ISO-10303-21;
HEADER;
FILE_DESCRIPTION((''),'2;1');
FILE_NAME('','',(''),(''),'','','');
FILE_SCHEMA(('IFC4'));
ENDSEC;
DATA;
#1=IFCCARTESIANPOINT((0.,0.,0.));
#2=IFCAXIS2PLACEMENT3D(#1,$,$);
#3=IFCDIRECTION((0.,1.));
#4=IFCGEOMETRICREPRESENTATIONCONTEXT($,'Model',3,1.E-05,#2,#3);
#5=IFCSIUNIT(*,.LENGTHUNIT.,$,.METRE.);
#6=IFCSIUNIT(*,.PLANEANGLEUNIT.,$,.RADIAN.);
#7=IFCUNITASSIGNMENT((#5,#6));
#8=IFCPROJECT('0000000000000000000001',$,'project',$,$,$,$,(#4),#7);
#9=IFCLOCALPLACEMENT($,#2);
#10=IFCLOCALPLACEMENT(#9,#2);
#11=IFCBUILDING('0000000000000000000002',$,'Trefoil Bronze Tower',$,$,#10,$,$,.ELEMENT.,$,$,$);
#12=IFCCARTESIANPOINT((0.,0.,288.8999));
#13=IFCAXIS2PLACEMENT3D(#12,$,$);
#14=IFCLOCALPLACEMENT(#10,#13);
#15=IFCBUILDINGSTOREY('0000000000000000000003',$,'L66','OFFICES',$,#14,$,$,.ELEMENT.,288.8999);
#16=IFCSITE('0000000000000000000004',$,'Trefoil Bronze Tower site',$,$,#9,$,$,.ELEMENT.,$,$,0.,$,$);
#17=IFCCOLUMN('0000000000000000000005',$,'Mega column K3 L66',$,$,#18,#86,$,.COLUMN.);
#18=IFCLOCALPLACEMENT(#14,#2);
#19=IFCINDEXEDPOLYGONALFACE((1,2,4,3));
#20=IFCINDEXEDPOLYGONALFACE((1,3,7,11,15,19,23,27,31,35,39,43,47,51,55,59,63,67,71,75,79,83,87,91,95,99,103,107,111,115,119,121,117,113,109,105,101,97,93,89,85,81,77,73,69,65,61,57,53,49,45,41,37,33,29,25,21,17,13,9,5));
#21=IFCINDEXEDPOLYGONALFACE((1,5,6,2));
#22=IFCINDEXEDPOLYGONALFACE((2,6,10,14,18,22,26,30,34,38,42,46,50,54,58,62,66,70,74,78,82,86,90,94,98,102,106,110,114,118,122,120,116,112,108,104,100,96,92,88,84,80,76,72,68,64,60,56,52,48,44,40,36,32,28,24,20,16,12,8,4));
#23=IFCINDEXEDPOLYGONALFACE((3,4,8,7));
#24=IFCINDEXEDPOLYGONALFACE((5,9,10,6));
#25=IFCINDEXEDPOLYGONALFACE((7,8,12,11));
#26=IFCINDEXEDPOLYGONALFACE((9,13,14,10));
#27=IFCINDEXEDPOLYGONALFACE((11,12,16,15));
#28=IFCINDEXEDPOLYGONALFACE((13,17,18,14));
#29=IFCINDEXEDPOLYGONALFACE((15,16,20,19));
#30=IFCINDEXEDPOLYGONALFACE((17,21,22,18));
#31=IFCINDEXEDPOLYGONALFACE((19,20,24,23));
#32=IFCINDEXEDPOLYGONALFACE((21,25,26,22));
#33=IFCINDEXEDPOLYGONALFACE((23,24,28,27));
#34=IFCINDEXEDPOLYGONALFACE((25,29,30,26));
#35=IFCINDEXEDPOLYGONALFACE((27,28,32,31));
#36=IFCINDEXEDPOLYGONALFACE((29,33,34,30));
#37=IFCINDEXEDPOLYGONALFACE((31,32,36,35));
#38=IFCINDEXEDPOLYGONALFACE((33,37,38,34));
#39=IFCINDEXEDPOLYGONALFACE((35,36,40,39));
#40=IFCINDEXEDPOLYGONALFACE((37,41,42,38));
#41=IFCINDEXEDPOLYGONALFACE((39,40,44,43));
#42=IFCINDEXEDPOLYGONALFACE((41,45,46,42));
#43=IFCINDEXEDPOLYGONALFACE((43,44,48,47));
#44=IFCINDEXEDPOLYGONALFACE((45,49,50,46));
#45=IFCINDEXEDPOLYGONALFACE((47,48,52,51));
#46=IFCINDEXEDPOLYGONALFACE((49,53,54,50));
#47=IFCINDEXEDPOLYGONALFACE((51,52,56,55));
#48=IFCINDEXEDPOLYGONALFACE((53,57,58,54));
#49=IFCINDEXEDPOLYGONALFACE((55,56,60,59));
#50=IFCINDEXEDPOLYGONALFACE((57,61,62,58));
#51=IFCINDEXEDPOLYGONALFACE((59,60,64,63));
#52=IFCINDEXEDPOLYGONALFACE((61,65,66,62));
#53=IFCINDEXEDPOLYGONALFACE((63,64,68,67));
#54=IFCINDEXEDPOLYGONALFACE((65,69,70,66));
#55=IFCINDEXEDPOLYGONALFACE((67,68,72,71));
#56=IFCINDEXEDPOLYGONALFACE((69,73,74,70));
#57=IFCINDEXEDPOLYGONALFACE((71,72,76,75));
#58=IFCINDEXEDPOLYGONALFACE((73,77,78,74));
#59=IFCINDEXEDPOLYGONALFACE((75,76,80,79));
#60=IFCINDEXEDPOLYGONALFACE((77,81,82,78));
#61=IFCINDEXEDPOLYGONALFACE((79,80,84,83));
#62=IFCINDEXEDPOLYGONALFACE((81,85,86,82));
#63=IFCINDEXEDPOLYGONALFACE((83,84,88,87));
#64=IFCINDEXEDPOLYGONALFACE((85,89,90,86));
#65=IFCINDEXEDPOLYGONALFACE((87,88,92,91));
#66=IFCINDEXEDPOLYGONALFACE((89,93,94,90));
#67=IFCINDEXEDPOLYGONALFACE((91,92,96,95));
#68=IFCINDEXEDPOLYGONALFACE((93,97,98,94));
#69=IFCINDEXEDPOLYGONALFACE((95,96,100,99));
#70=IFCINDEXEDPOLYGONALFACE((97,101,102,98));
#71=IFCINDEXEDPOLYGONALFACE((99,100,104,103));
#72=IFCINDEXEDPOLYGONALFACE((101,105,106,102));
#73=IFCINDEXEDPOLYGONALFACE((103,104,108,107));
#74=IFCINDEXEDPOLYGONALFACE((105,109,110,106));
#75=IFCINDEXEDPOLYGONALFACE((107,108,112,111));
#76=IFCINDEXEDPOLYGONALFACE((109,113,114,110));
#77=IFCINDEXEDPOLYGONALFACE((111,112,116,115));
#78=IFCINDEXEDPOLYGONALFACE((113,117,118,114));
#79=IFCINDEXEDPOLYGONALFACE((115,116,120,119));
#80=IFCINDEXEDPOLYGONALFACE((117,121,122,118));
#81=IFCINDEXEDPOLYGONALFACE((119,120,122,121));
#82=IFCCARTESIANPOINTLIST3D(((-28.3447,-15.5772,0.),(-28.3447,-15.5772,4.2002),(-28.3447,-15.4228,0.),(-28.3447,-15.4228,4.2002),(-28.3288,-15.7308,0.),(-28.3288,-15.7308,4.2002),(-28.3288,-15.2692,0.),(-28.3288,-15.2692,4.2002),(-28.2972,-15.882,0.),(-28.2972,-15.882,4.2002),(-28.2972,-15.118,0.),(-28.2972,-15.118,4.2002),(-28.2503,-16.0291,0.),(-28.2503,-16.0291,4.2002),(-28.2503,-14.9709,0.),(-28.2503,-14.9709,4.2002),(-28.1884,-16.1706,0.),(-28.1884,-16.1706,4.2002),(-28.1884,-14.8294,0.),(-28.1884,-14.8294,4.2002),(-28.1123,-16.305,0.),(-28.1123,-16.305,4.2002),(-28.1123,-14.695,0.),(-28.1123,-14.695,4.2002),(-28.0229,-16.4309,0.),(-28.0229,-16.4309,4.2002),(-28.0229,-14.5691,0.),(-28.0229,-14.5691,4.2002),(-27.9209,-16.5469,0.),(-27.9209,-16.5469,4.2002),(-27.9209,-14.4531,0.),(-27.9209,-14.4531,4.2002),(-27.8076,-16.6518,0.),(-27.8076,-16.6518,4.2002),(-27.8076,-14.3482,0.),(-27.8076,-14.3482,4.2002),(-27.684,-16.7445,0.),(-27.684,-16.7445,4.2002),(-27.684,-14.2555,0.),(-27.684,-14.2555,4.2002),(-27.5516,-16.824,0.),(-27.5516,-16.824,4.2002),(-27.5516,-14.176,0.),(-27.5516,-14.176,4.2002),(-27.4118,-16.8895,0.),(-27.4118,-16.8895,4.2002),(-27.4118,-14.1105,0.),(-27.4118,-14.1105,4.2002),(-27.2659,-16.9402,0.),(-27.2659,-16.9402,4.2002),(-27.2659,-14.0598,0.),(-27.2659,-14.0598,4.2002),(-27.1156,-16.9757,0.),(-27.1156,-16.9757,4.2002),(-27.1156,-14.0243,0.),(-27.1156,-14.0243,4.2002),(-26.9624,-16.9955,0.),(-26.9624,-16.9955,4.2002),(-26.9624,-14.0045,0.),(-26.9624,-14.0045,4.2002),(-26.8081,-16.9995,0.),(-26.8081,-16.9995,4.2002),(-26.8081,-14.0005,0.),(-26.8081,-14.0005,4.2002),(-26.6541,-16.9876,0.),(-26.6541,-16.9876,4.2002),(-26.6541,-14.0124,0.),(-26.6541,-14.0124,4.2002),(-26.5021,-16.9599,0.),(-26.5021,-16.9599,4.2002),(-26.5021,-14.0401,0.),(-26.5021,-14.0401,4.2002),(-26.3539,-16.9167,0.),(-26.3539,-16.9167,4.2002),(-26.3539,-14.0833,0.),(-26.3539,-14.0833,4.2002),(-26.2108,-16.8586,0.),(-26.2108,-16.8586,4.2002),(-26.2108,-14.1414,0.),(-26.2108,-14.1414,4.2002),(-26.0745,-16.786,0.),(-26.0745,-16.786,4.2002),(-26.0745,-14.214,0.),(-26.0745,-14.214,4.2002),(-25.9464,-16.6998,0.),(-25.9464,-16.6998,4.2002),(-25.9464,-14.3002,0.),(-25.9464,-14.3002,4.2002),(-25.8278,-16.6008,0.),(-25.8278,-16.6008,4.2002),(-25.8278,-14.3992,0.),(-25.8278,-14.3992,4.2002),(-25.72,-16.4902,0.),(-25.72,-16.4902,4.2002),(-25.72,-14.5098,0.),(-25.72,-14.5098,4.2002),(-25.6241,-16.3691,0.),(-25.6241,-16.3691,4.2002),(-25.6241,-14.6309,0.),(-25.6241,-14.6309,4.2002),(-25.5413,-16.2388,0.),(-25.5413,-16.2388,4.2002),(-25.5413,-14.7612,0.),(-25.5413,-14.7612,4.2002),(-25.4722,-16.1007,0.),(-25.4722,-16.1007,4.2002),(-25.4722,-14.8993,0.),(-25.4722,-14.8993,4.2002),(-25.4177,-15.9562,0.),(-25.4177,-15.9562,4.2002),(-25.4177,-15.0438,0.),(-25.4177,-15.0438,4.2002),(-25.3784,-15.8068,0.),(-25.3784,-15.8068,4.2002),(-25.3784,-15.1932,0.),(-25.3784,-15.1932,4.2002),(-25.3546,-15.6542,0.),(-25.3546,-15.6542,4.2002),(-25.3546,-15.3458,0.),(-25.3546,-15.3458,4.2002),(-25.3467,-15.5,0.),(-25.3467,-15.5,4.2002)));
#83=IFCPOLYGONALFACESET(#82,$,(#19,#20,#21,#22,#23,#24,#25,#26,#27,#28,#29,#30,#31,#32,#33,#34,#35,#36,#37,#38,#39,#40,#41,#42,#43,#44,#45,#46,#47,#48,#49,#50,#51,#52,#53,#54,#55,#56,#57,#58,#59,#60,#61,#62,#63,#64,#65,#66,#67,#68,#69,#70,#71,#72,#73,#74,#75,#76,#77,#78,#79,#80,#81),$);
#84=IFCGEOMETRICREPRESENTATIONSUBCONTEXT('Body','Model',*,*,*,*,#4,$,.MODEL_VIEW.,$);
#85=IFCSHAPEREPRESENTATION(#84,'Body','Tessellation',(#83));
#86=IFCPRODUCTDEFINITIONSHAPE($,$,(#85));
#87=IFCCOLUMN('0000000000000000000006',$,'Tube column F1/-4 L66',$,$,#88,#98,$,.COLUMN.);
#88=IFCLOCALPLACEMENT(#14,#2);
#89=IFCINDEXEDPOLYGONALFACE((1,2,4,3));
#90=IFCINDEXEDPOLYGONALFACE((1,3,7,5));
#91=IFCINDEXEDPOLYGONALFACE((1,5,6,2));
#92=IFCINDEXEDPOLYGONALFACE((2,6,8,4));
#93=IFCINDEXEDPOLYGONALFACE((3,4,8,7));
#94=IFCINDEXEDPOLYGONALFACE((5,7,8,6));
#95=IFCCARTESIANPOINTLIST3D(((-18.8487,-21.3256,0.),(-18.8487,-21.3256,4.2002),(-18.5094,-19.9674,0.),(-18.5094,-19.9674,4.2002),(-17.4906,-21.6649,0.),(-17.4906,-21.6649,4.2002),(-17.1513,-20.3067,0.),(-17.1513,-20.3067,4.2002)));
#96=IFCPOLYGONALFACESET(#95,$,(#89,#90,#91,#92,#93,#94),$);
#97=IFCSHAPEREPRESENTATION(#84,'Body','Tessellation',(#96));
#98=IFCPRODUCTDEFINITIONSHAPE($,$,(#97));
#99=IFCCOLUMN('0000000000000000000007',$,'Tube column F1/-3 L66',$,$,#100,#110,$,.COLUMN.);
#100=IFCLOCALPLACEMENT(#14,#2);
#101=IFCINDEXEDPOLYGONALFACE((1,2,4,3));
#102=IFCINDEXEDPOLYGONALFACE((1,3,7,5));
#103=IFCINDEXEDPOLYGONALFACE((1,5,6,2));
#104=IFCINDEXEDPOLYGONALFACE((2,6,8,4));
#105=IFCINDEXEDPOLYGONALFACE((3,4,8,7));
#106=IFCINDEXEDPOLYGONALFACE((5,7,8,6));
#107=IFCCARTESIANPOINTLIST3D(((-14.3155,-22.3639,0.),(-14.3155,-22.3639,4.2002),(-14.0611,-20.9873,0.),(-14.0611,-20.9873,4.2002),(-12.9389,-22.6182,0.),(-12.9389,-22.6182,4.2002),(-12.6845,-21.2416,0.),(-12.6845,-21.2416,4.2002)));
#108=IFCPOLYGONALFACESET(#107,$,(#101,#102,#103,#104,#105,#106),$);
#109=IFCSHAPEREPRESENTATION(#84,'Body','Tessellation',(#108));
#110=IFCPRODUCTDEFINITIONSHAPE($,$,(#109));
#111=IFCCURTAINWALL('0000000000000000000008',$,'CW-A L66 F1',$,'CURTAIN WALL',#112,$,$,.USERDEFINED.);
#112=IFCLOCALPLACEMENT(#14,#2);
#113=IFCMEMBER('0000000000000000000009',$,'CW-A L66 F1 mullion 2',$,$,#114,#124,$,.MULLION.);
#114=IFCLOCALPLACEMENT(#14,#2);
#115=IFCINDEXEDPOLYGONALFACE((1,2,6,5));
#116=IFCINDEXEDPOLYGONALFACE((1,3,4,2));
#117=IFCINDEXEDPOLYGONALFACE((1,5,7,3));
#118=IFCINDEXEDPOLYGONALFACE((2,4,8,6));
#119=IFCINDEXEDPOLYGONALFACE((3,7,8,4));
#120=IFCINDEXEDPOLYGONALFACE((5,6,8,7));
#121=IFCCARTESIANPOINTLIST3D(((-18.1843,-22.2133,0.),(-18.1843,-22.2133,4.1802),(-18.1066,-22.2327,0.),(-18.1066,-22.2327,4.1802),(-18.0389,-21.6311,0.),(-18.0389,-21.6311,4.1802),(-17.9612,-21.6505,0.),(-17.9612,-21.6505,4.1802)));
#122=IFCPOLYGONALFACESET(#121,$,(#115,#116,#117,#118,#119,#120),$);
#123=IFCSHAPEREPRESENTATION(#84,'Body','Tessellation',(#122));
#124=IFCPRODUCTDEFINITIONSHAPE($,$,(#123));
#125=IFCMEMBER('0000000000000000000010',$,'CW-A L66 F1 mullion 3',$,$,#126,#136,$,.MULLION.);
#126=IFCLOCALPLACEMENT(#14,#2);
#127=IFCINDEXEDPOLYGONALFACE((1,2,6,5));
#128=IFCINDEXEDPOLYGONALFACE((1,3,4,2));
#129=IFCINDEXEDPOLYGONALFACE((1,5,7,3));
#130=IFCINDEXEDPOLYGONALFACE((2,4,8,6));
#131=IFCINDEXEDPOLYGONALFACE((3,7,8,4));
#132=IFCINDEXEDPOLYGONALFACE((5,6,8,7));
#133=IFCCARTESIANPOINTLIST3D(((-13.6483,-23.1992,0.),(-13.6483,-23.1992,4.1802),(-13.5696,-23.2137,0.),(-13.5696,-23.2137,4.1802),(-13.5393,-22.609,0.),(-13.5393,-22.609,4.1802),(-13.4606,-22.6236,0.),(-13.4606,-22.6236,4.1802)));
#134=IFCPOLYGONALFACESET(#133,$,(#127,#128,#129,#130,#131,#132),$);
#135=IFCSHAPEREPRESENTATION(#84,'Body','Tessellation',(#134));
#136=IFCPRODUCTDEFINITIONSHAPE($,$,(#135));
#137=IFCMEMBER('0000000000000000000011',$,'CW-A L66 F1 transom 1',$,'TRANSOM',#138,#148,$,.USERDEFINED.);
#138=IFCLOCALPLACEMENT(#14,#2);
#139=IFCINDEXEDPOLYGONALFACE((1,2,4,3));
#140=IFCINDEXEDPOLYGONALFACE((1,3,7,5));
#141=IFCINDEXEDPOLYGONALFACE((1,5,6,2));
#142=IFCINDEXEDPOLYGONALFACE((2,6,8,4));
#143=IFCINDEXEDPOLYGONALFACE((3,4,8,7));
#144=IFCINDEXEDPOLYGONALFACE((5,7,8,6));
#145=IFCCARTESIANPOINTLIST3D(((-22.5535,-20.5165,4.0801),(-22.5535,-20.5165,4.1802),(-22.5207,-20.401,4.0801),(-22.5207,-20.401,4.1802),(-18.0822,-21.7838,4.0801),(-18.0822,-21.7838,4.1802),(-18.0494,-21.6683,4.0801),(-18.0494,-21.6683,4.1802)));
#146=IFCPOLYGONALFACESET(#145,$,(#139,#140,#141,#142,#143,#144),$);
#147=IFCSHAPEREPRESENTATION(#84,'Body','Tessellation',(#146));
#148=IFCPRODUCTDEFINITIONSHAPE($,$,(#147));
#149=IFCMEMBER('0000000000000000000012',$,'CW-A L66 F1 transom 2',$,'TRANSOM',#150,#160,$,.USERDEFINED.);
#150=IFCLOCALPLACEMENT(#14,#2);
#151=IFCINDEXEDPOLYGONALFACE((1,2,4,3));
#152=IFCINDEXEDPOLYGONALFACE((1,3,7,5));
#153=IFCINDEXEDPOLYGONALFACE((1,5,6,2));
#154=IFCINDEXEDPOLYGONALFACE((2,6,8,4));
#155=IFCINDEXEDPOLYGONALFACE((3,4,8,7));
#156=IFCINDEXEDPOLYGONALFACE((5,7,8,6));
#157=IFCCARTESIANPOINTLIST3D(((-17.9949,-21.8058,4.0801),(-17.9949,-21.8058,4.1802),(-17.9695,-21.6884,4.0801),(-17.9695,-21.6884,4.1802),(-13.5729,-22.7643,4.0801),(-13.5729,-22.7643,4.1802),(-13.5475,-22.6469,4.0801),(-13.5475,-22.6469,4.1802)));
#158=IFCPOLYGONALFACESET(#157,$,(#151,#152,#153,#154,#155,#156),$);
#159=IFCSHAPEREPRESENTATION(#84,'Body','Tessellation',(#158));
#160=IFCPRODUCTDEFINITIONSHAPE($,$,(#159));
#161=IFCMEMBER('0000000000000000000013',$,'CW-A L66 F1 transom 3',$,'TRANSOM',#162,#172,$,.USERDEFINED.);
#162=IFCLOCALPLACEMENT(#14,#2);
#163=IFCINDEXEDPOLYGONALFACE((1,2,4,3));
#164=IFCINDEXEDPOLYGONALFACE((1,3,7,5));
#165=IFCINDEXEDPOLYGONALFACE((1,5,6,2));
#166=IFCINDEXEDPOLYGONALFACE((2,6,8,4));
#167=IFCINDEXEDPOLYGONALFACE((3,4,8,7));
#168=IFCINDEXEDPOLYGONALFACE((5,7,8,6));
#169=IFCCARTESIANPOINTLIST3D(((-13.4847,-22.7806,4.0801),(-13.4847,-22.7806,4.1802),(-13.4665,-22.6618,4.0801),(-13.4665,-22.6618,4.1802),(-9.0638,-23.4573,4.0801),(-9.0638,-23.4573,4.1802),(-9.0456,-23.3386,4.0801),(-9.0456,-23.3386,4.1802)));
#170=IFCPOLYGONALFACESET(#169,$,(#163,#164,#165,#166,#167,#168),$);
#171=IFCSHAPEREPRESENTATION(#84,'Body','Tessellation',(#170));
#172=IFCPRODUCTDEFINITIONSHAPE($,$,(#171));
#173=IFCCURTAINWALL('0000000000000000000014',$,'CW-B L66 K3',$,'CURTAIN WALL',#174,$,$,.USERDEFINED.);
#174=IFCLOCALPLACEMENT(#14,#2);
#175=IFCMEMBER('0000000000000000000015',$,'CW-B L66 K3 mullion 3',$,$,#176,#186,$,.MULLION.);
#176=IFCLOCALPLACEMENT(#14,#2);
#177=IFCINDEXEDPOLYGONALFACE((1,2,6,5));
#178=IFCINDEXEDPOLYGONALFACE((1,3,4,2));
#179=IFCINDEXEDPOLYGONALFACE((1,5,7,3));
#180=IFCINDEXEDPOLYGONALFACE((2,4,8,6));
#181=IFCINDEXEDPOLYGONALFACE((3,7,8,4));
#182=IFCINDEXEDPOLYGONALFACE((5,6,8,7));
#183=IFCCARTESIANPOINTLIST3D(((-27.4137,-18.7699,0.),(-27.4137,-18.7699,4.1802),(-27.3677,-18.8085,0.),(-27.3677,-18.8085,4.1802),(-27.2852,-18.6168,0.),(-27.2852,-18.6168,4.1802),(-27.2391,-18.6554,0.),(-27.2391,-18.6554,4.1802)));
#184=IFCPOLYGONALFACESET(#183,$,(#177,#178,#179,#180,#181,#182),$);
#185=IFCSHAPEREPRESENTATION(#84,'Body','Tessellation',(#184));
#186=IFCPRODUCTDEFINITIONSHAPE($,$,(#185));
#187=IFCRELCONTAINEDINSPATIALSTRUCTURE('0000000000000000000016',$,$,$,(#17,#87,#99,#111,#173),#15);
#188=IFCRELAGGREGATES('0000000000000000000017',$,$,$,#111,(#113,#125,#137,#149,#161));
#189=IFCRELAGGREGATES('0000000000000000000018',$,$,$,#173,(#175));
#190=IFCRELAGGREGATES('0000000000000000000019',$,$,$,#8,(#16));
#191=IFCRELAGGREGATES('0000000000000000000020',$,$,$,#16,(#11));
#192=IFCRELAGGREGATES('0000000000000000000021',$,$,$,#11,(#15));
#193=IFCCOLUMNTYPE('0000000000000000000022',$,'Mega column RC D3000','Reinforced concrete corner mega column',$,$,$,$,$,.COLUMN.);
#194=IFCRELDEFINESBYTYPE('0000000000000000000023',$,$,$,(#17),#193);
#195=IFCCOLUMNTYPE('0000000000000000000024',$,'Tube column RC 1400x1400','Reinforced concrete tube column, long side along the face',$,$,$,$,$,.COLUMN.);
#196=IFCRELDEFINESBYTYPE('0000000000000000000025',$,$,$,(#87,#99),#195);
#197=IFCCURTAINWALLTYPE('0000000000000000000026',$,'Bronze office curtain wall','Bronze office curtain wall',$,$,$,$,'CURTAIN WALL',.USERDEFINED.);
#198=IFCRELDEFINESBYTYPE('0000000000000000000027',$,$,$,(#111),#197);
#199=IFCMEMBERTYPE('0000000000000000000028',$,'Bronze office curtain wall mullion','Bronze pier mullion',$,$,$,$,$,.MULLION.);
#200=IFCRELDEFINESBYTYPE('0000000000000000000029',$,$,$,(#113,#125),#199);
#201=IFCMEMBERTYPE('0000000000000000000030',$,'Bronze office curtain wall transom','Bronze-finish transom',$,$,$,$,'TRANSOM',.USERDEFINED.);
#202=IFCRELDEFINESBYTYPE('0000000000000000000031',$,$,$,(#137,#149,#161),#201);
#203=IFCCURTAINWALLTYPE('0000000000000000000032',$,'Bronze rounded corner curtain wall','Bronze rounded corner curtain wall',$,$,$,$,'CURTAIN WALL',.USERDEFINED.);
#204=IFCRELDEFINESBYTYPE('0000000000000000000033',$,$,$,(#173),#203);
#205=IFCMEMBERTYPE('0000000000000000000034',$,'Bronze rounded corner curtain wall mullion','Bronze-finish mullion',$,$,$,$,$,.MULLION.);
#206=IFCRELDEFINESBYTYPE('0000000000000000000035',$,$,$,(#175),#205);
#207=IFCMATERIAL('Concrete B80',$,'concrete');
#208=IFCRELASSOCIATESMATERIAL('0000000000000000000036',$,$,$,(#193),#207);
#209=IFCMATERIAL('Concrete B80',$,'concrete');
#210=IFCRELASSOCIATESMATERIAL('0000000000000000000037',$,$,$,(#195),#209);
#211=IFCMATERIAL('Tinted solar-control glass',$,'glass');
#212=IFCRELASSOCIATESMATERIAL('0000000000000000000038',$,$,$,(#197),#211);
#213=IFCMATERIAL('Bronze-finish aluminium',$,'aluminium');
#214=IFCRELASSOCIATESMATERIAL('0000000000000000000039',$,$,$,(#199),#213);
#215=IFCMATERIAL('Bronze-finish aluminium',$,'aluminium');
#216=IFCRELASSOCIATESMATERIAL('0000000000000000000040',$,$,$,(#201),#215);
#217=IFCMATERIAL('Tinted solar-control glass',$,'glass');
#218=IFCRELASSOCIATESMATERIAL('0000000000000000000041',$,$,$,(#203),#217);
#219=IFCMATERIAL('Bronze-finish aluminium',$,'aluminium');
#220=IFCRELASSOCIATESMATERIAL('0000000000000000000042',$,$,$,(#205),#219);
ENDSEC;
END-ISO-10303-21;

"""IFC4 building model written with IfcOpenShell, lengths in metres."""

from ifc_helpers import new_model, si_unit, direction, frame, origin, origin_2d, place, context, subcontext, project, spatial, rectangle, circle, extrude, material, material_profile, profile_set, type_object, element, aggregate, save


model = new_model("IFC4")

# Units and contexts
model_context = context("Model", 3, precision=1e-05, world=origin(), true_north=direction((0.0, 1.0)))
body_context = subcontext(model_context, "Body", "Model", "MODEL_VIEW")
ifc_project = project(units=[si_unit("LENGTHUNIT", "METRE"), si_unit("PLANEANGLEUNIT", "RADIAN")], contexts=[model_context])

# Site, building, storey
site_placement = place(None, origin())
site = spatial("IfcSite", under=ifc_project, at=site_placement, Name="Trefoil Bronze Tower site", CompositionType="ELEMENT", RefElevation=0.0)
building_placement = place(site_placement, origin())
building = spatial("IfcBuilding", under=site, at=building_placement, Name="Trefoil Bronze Tower", CompositionType="ELEMENT")
storey_placement = place(building_placement, frame((0.0, 0.0, 288.8999)))
storey = spatial("IfcBuildingStorey", under=building, at=storey_placement, Name="L66", Description="OFFICES", CompositionType="ELEMENT", Elevation=288.8999)

# Columns
ifc_material_1 = material(Name="Concrete B80", Category="concrete")
ifc_material_profile_1 = material_profile(ifc_material_1, circle(Radius=1.5, at=origin_2d()), Name="RC D3000")
ifc_profile_set_1 = profile_set([ifc_material_profile_1], Name="Concrete B80")
column_type_1 = type_object("IfcColumnType", Name="Mega column RC D3000", Description="Reinforced concrete corner mega column", PredefinedType="COLUMN", material=ifc_profile_set_1)
column_placement = place(storey_placement, frame((-26.8467, -15.5, 0.0), z_axis=(0.0, 0.0, 1.0), x_axis=(1.0, 0.0, 0.0)))
element("IfcColumn", 1, at=column_placement, inside=storey, type_object=column_type_1, Name="Mega column K3 L66", PredefinedType="COLUMN", context=body_context, shape_type="SweptSolid", body=[
    extrude(circle(Radius=1.5, at=origin_2d()), origin(), (0.0, 0.0, 1.0), 4.2002),
])
ifc_material_2 = material(Name="Concrete B80", Category="concrete")
ifc_material_profile_2 = material_profile(ifc_material_2, rectangle(XDim=1.3999, YDim=1.3999, at=origin_2d()), Name="RC 1400x1400")
ifc_profile_set_2 = profile_set([ifc_material_profile_2], Name="Concrete B80")
column_type_2 = type_object("IfcColumnType", Name="Tube column RC 1400x1400", Description="Reinforced concrete tube column, long side along the face", PredefinedType="COLUMN", material=ifc_profile_set_2)
for number, where, z_axis, x_axis, name in (
    (2, (-18.0, -20.8162, 0.0), (0.0, 0.0, 1.0), (0.970178, -0.242394, 0.0), "Tube column F1/-4 L66"),
    (3, (-13.5, -21.8027, 0.0), (0.0, 0.0, 1.0), (0.98336, -0.181667, 0.0), "Tube column F1/-3 L66"),
):
    element("IfcColumn", number, at=place(storey_placement, frame(where, z_axis=z_axis, x_axis=x_axis)), inside=storey, type_object=column_type_2, Name=name, PredefinedType="COLUMN", context=body_context, shape_type="SweptSolid", body=[
        extrude(rectangle(XDim=1.3999, YDim=1.3999, at=origin_2d()), origin(), (0.0, 0.0, 1.0), 4.2002),
    ])

# Curtain walls, members
ifc_material_3 = material(Name="Tinted solar-control glass", Category="glass")
curtain_wall_type_1 = type_object("IfcCurtainWallType", Name="Bronze office curtain wall", Description="Bronze office curtain wall", ElementType="CURTAIN WALL", PredefinedType="USERDEFINED", material=ifc_material_3)
curtain_wall_1_placement = place(storey_placement, origin())
curtain_wall_1 = element("IfcCurtainWall", 4, at=curtain_wall_1_placement, inside=storey, type_object=curtain_wall_type_1, Name="CW-A L66 F1", ObjectType="CURTAIN WALL", PredefinedType="USERDEFINED")
ifc_material_4 = material(Name="Bronze-finish aluminium", Category="aluminium")
ifc_material_profile_3 = material_profile(ifc_material_4, rectangle(XDim=0.6001, YDim=0.0801, at=origin_2d()), Name="CW-A mullion")
ifc_profile_set_3 = profile_set([ifc_material_profile_3], Name="Bronze-finish aluminium")
member_type_1 = type_object("IfcMemberType", Name="Bronze office curtain wall mullion", Description="Bronze pier mullion", PredefinedType="MULLION", material=ifc_profile_set_3)
member_1_placement = place(storey_placement, frame((-18.0728, -21.9319, 0.0), z_axis=(0.0, 0.0, 1.0), x_axis=(0.242394, 0.970178, 0.0)))
member_1 = element("IfcMember", 5, at=member_1_placement, type_object=member_type_1, Name="CW-A L66 F1 mullion 2", PredefinedType="MULLION", context=body_context, shape_type="SweptSolid", body=[
    extrude(rectangle(XDim=0.6001, YDim=0.0801, at=origin_2d()), origin(), (0.0, 0.0, 1.0), 4.1802),
])
member_2_placement = place(storey_placement, frame((-13.5544, -22.9114, 0.0), z_axis=(0.0, 0.0, 1.0), x_axis=(0.181667, 0.98336, 0.0)))
member_2 = element("IfcMember", 6, at=member_2_placement, type_object=member_type_1, Name="CW-A L66 F1 mullion 3", PredefinedType="MULLION", context=body_context, shape_type="SweptSolid", body=[
    extrude(rectangle(XDim=0.6001, YDim=0.0801, at=origin_2d()), origin(), (0.0, 0.0, 1.0), 4.1802),
])
ifc_material_5 = material(Name="Bronze-finish aluminium", Category="aluminium")
ifc_material_profile_4 = material_profile(ifc_material_5, rectangle(XDim=0.1201, YDim=0.1001, at=origin_2d()), Name="CW-A transom")
ifc_profile_set_4 = profile_set([ifc_material_profile_4], Name="Bronze-finish aluminium")
member_type_2 = type_object("IfcMemberType", Name="Bronze office curtain wall transom", Description="Bronze-finish transom", ElementType="TRANSOM", PredefinedType="USERDEFINED", material=ifc_profile_set_4)
member_3_placement = place(storey_placement, frame((-22.5371, -20.4587, 4.1301), z_axis=(0.962103, -0.272688, 0.0), x_axis=(0.272688, 0.962103, 0.0)))
member_3 = element("IfcMember", 7, at=member_3_placement, type_object=member_type_2, Name="CW-A L66 F1 transom 1", ObjectType="TRANSOM", PredefinedType="USERDEFINED", context=body_context, shape_type="SweptSolid", body=[
    extrude(rectangle(XDim=0.1201, YDim=0.1001, at=origin_2d()), origin(), (0.0, 0.0, 1.0), 4.6475),
])
member_4_placement = place(storey_placement, frame((-17.9822, -21.7471, 4.1301), z_axis=(0.977304, -0.211843, 0.0), x_axis=(0.211843, 0.977304, 0.0)))
member_4 = element("IfcMember", 8, at=member_4_placement, type_object=member_type_2, Name="CW-A L66 F1 transom 2", ObjectType="TRANSOM", PredefinedType="USERDEFINED", context=body_context, shape_type="SweptSolid", body=[
    extrude(rectangle(XDim=0.1201, YDim=0.1001, at=origin_2d()), origin(), (0.0, 0.0, 1.0), 4.5247),
])
member_5_placement = place(storey_placement, frame((-13.4756, -22.7212, 4.1301), z_axis=(0.988485, -0.151319, 0.0), x_axis=(0.151319, 0.988485, 0.0)))
member_5 = element("IfcMember", 9, at=member_5_placement, type_object=member_type_2, Name="CW-A L66 F1 transom 3", ObjectType="TRANSOM", PredefinedType="USERDEFINED", context=body_context, shape_type="SweptSolid", body=[
    extrude(rectangle(XDim=0.1201, YDim=0.1001, at=origin_2d()), origin(), (0.0, 0.0, 1.0), 4.4724),
])
ifc_material_6 = material(Name="Tinted solar-control glass", Category="glass")
curtain_wall_type_2 = type_object("IfcCurtainWallType", Name="Bronze rounded corner curtain wall", Description="Bronze rounded corner curtain wall", ElementType="CURTAIN WALL", PredefinedType="USERDEFINED", material=ifc_material_6)
curtain_wall_2_placement = place(storey_placement, origin())
curtain_wall_2 = element("IfcCurtainWall", 10, at=curtain_wall_2_placement, inside=storey, type_object=curtain_wall_type_2, Name="CW-B L66 K3", ObjectType="CURTAIN WALL", PredefinedType="USERDEFINED")
ifc_material_7 = material(Name="Bronze-finish aluminium", Category="aluminium")
ifc_material_profile_5 = material_profile(ifc_material_7, rectangle(XDim=0.2, YDim=0.0601, at=origin_2d()), Name="CW-B mullion")
ifc_profile_set_5 = profile_set([ifc_material_profile_5], Name="Bronze-finish aluminium")
member_type_3 = type_object("IfcMemberType", Name="Bronze rounded corner curtain wall mullion", Description="Bronze-finish mullion", PredefinedType="MULLION", material=ifc_profile_set_5)
member_6_placement = place(storey_placement, frame((-27.3264, -18.7126, 0.0), z_axis=(0.0, 0.0, 1.0), x_axis=(0.642788, 0.766044, 0.0)))
member_6 = element("IfcMember", 11, at=member_6_placement, type_object=member_type_3, Name="CW-B L66 K3 mullion 3", PredefinedType="MULLION", context=body_context, shape_type="SweptSolid", body=[
    extrude(rectangle(XDim=0.2, YDim=0.0601, at=origin_2d()), origin(), (0.0, 0.0, 1.0), 4.1802),
])

aggregate(curtain_wall_1, [member_1, member_2, member_3, member_4, member_5])
aggregate(curtain_wall_2, [member_6])

save(model, "model.ifc")
